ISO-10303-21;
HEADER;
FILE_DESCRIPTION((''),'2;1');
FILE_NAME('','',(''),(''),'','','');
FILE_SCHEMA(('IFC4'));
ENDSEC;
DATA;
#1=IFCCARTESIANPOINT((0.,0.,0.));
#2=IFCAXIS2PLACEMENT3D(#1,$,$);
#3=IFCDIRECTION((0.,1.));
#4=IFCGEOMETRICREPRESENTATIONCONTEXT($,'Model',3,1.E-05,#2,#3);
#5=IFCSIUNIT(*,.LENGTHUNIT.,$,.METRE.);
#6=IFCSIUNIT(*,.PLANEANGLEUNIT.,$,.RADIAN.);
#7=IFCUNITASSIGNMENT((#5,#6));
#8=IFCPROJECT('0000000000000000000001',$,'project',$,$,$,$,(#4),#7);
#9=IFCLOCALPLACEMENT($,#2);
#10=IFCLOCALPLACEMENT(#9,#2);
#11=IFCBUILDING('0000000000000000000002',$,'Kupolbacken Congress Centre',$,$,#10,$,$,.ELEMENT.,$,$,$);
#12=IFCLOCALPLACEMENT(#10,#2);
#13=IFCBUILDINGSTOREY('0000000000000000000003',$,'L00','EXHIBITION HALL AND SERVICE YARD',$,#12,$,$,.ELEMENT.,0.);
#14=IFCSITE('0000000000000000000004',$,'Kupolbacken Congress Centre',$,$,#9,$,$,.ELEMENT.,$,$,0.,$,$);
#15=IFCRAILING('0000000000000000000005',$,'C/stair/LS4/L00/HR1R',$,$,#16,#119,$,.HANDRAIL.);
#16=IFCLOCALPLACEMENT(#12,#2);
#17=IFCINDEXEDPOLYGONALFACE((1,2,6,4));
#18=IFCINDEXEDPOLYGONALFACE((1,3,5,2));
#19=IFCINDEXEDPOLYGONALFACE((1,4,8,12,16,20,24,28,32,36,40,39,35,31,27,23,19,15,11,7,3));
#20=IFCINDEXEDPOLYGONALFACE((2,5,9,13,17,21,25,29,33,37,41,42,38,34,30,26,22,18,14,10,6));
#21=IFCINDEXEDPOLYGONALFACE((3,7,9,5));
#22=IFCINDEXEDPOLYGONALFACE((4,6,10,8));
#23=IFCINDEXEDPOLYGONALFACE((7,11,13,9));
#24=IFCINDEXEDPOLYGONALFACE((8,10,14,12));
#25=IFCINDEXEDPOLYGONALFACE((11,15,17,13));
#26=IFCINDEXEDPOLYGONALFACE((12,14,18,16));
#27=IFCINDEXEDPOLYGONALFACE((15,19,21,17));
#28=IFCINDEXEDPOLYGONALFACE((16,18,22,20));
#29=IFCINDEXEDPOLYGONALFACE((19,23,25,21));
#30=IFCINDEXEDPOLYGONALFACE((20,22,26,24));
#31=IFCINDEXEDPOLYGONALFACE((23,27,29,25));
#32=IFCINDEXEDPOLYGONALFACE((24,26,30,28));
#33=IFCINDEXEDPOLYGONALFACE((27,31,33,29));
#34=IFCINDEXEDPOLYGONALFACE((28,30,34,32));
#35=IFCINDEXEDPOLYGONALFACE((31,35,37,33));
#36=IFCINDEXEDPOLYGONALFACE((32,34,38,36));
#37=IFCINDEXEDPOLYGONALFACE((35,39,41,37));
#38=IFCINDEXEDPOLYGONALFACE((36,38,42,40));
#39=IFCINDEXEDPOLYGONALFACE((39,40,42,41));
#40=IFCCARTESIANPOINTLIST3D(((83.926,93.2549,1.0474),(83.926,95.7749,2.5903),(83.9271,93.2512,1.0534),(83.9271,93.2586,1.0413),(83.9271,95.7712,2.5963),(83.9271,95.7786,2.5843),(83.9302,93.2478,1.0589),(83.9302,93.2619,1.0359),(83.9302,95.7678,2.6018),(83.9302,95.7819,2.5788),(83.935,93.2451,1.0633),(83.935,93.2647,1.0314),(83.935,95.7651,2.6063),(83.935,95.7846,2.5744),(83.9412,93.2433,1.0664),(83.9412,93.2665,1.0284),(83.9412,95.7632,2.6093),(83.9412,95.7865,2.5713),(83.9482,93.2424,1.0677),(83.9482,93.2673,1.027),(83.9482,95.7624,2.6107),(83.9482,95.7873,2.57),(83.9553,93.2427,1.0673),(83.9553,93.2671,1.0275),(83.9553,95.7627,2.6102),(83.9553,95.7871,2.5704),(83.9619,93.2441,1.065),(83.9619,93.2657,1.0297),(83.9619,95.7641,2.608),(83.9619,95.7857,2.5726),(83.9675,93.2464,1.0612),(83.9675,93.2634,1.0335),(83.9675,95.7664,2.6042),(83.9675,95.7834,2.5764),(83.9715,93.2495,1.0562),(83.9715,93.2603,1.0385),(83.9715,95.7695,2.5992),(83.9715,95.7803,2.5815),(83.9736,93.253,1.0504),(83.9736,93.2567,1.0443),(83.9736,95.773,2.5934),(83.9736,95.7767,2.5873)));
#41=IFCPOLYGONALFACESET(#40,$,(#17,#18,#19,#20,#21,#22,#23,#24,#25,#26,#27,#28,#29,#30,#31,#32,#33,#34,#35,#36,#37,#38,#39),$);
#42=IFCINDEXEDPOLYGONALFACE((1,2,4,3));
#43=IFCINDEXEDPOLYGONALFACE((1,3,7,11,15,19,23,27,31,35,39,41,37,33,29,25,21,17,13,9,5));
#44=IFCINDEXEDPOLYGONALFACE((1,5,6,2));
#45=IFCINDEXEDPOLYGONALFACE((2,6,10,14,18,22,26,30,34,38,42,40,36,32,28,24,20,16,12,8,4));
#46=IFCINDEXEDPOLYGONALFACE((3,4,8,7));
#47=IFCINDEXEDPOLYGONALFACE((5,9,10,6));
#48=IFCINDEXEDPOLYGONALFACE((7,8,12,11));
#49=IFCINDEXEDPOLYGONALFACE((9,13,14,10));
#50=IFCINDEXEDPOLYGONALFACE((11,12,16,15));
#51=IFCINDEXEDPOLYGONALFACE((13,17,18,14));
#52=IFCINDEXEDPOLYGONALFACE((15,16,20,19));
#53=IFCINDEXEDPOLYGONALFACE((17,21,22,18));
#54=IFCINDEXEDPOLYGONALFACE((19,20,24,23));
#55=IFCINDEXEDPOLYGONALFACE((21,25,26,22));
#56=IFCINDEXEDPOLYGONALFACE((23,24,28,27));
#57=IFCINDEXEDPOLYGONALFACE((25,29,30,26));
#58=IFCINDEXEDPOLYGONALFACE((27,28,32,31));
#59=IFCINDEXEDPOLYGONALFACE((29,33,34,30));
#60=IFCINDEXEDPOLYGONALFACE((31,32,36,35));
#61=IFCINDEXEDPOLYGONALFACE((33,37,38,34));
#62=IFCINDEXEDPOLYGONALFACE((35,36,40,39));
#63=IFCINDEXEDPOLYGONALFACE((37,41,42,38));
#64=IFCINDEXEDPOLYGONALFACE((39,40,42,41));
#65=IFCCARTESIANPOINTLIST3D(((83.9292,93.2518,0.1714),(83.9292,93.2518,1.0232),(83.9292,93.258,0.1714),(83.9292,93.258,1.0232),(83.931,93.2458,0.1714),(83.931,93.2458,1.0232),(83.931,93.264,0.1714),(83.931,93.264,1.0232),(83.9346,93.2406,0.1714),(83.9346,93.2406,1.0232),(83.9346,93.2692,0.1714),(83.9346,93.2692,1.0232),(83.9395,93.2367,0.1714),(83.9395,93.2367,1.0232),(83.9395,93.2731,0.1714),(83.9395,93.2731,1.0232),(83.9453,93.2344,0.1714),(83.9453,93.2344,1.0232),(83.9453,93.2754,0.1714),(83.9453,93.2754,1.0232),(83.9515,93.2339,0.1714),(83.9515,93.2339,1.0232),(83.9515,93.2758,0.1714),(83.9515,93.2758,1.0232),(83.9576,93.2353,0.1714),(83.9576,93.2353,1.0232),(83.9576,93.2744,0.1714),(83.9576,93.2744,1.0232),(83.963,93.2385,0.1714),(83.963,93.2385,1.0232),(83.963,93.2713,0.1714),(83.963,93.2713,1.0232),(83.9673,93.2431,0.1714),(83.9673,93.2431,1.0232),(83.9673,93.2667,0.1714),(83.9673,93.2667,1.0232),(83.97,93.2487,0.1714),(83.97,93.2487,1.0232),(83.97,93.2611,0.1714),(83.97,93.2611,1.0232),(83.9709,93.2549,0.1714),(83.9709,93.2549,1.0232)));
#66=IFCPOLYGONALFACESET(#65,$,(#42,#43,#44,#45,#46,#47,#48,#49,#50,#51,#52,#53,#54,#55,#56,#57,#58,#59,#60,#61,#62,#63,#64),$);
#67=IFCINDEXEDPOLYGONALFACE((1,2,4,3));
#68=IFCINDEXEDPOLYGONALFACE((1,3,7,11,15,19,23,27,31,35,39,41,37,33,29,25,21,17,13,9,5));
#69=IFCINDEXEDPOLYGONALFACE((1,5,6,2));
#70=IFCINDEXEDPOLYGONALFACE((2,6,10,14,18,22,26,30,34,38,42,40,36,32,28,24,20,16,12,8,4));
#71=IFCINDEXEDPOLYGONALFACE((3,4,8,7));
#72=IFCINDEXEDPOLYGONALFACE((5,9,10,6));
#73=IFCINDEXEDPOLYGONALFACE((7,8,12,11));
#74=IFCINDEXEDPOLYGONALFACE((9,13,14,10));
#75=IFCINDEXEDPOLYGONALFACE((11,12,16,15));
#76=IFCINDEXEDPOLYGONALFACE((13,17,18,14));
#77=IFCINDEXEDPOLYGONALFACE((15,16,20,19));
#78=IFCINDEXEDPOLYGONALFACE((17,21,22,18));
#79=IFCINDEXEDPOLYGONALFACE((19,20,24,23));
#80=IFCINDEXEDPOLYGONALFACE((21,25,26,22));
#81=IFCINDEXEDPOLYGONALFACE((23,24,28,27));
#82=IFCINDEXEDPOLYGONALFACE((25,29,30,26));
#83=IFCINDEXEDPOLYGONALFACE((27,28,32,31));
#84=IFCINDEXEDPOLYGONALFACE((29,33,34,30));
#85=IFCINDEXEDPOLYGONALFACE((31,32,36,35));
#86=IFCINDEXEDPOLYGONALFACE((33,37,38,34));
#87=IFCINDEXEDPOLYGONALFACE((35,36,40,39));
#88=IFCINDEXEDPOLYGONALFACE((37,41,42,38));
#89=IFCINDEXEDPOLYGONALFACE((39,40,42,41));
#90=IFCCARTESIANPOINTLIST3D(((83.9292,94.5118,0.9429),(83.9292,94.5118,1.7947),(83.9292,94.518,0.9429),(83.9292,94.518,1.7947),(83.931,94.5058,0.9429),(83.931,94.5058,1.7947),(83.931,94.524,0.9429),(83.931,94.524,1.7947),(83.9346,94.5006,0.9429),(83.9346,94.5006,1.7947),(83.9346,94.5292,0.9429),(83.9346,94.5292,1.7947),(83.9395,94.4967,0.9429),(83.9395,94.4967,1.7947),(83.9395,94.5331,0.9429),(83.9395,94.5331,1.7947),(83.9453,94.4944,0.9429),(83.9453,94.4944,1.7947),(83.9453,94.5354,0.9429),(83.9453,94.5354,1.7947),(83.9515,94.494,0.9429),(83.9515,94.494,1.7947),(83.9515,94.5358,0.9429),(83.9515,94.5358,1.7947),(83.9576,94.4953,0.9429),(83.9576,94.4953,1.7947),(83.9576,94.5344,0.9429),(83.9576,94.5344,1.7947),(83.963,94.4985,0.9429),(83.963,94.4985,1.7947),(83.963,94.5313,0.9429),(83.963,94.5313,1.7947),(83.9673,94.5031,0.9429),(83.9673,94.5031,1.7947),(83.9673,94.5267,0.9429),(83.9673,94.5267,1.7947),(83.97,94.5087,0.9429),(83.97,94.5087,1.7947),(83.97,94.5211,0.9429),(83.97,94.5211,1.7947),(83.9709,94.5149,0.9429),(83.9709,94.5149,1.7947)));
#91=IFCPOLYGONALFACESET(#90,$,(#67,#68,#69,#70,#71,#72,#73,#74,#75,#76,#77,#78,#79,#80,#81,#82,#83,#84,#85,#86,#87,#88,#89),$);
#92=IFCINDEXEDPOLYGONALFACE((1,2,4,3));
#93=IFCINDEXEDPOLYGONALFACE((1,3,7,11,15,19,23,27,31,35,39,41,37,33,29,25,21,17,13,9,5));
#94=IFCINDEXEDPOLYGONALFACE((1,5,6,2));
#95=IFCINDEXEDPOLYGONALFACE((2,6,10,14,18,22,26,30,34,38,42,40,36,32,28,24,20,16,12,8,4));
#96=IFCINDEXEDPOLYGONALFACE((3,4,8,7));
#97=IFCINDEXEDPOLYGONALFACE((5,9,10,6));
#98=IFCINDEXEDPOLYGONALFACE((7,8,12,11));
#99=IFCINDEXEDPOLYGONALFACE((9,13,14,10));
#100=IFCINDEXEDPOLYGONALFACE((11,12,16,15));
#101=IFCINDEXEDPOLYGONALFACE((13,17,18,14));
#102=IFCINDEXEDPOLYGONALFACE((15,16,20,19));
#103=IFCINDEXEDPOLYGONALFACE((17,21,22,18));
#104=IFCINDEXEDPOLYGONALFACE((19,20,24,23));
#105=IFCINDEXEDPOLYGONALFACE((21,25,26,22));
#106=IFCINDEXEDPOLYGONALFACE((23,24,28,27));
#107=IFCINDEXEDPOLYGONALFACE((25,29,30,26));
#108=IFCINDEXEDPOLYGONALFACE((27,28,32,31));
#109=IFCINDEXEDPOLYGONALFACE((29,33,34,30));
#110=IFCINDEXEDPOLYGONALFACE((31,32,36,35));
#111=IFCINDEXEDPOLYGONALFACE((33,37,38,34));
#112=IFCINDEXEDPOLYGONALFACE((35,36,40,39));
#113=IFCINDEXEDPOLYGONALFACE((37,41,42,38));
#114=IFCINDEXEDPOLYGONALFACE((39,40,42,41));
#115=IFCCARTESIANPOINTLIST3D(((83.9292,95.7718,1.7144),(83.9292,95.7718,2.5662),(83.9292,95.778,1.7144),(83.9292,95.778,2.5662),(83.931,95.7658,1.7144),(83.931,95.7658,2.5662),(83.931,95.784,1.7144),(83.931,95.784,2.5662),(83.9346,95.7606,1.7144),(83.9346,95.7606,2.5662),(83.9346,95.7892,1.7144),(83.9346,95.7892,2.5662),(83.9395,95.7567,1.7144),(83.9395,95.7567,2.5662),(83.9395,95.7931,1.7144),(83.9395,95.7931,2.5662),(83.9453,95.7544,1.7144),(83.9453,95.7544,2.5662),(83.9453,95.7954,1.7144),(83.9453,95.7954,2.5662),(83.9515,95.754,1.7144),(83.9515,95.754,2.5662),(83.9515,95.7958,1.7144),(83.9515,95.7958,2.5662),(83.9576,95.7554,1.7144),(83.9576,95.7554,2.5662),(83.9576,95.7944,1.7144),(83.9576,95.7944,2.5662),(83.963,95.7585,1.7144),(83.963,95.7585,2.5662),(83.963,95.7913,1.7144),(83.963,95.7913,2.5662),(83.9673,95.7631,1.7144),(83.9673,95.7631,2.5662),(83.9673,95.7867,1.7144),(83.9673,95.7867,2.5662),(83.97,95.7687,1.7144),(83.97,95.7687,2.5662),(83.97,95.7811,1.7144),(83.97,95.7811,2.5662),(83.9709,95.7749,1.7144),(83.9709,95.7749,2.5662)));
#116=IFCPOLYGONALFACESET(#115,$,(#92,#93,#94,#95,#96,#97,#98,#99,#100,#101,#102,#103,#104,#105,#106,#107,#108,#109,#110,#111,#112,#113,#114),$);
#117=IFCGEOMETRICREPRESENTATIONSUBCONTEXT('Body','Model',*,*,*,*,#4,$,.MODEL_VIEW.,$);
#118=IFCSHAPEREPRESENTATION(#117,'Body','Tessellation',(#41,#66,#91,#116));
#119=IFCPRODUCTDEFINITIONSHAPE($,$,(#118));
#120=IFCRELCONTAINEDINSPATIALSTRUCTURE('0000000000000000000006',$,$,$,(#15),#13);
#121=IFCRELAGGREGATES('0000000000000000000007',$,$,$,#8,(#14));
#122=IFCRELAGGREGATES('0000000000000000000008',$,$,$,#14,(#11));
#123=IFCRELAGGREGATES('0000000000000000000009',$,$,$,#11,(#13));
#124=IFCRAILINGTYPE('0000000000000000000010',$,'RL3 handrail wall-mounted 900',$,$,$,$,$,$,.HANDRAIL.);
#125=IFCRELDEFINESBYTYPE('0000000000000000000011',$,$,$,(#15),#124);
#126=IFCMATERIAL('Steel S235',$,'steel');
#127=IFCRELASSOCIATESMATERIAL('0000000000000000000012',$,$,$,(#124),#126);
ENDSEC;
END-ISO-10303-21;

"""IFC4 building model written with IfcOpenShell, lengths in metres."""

from ifc_helpers import new_model, si_unit, direction, frame, origin, origin_2d, place, context, subcontext, project, spatial, circle, extrude, material, type_object, element, save


model = new_model("IFC4")

# Units and contexts
model_context = context("Model", 3, precision=1e-05, world=origin(), true_north=direction((0.0, 1.0)))
body_context = subcontext(model_context, "Body", "Model", "MODEL_VIEW")
ifc_project = project(units=[si_unit("LENGTHUNIT", "METRE"), si_unit("PLANEANGLEUNIT", "RADIAN")], contexts=[model_context])

# Site, building, storey
site_placement = place(None, origin())
site = spatial("IfcSite", under=ifc_project, at=site_placement, Name="Kupolbacken Congress Centre", CompositionType="ELEMENT", RefElevation=0.0)
building_placement = place(site_placement, origin())
building = spatial("IfcBuilding", under=site, at=building_placement, Name="Kupolbacken Congress Centre", CompositionType="ELEMENT")
storey_placement = place(building_placement, origin())
storey = spatial("IfcBuildingStorey", under=building, at=storey_placement, Name="L00", Description="EXHIBITION HALL AND SERVICE YARD", CompositionType="ELEMENT", Elevation=0.0)

# Railing
ifc_material_1 = material(Name="Steel S235", Category="steel")
railing_type = type_object("IfcRailingType", Name="RL3 handrail wall-mounted 900", PredefinedType="HANDRAIL", material=ifc_material_1)
for number, where, name in (
    (1, (83.95, 93.2549, 0.1714), "C/stair/LS4/L00/HR1R"),
):
    element("IfcRailing", number, at=place(storey_placement, frame(where)), inside=storey, type_object=railing_type, Name=name, PredefinedType="HANDRAIL", context=body_context, shape_type="SweptSolid", body=[
        extrude(circle(Radius=0.0239, at=origin_2d()), frame((0.0, 0.0, 0.876), z_axis=(0.0, 0.852836, 0.522178), x_axis=(-1.0, 0.0, 0.0)), (0.0, 0.0, 1.0), 2.9548),
        extrude(circle(Radius=0.021, at=origin_2d()), origin(), (0.0, 0.0, 1.0), 0.8518),
        extrude(circle(Radius=0.021, at=origin_2d()), frame((0.0, 1.26, 0.7715)), (0.0, 0.0, 1.0), 0.8518),
        extrude(circle(Radius=0.021, at=origin_2d()), frame((0.0, 2.52, 1.543)), (0.0, 0.0, 1.0), 0.8518),
    ])

save(model, "model.ifc")
